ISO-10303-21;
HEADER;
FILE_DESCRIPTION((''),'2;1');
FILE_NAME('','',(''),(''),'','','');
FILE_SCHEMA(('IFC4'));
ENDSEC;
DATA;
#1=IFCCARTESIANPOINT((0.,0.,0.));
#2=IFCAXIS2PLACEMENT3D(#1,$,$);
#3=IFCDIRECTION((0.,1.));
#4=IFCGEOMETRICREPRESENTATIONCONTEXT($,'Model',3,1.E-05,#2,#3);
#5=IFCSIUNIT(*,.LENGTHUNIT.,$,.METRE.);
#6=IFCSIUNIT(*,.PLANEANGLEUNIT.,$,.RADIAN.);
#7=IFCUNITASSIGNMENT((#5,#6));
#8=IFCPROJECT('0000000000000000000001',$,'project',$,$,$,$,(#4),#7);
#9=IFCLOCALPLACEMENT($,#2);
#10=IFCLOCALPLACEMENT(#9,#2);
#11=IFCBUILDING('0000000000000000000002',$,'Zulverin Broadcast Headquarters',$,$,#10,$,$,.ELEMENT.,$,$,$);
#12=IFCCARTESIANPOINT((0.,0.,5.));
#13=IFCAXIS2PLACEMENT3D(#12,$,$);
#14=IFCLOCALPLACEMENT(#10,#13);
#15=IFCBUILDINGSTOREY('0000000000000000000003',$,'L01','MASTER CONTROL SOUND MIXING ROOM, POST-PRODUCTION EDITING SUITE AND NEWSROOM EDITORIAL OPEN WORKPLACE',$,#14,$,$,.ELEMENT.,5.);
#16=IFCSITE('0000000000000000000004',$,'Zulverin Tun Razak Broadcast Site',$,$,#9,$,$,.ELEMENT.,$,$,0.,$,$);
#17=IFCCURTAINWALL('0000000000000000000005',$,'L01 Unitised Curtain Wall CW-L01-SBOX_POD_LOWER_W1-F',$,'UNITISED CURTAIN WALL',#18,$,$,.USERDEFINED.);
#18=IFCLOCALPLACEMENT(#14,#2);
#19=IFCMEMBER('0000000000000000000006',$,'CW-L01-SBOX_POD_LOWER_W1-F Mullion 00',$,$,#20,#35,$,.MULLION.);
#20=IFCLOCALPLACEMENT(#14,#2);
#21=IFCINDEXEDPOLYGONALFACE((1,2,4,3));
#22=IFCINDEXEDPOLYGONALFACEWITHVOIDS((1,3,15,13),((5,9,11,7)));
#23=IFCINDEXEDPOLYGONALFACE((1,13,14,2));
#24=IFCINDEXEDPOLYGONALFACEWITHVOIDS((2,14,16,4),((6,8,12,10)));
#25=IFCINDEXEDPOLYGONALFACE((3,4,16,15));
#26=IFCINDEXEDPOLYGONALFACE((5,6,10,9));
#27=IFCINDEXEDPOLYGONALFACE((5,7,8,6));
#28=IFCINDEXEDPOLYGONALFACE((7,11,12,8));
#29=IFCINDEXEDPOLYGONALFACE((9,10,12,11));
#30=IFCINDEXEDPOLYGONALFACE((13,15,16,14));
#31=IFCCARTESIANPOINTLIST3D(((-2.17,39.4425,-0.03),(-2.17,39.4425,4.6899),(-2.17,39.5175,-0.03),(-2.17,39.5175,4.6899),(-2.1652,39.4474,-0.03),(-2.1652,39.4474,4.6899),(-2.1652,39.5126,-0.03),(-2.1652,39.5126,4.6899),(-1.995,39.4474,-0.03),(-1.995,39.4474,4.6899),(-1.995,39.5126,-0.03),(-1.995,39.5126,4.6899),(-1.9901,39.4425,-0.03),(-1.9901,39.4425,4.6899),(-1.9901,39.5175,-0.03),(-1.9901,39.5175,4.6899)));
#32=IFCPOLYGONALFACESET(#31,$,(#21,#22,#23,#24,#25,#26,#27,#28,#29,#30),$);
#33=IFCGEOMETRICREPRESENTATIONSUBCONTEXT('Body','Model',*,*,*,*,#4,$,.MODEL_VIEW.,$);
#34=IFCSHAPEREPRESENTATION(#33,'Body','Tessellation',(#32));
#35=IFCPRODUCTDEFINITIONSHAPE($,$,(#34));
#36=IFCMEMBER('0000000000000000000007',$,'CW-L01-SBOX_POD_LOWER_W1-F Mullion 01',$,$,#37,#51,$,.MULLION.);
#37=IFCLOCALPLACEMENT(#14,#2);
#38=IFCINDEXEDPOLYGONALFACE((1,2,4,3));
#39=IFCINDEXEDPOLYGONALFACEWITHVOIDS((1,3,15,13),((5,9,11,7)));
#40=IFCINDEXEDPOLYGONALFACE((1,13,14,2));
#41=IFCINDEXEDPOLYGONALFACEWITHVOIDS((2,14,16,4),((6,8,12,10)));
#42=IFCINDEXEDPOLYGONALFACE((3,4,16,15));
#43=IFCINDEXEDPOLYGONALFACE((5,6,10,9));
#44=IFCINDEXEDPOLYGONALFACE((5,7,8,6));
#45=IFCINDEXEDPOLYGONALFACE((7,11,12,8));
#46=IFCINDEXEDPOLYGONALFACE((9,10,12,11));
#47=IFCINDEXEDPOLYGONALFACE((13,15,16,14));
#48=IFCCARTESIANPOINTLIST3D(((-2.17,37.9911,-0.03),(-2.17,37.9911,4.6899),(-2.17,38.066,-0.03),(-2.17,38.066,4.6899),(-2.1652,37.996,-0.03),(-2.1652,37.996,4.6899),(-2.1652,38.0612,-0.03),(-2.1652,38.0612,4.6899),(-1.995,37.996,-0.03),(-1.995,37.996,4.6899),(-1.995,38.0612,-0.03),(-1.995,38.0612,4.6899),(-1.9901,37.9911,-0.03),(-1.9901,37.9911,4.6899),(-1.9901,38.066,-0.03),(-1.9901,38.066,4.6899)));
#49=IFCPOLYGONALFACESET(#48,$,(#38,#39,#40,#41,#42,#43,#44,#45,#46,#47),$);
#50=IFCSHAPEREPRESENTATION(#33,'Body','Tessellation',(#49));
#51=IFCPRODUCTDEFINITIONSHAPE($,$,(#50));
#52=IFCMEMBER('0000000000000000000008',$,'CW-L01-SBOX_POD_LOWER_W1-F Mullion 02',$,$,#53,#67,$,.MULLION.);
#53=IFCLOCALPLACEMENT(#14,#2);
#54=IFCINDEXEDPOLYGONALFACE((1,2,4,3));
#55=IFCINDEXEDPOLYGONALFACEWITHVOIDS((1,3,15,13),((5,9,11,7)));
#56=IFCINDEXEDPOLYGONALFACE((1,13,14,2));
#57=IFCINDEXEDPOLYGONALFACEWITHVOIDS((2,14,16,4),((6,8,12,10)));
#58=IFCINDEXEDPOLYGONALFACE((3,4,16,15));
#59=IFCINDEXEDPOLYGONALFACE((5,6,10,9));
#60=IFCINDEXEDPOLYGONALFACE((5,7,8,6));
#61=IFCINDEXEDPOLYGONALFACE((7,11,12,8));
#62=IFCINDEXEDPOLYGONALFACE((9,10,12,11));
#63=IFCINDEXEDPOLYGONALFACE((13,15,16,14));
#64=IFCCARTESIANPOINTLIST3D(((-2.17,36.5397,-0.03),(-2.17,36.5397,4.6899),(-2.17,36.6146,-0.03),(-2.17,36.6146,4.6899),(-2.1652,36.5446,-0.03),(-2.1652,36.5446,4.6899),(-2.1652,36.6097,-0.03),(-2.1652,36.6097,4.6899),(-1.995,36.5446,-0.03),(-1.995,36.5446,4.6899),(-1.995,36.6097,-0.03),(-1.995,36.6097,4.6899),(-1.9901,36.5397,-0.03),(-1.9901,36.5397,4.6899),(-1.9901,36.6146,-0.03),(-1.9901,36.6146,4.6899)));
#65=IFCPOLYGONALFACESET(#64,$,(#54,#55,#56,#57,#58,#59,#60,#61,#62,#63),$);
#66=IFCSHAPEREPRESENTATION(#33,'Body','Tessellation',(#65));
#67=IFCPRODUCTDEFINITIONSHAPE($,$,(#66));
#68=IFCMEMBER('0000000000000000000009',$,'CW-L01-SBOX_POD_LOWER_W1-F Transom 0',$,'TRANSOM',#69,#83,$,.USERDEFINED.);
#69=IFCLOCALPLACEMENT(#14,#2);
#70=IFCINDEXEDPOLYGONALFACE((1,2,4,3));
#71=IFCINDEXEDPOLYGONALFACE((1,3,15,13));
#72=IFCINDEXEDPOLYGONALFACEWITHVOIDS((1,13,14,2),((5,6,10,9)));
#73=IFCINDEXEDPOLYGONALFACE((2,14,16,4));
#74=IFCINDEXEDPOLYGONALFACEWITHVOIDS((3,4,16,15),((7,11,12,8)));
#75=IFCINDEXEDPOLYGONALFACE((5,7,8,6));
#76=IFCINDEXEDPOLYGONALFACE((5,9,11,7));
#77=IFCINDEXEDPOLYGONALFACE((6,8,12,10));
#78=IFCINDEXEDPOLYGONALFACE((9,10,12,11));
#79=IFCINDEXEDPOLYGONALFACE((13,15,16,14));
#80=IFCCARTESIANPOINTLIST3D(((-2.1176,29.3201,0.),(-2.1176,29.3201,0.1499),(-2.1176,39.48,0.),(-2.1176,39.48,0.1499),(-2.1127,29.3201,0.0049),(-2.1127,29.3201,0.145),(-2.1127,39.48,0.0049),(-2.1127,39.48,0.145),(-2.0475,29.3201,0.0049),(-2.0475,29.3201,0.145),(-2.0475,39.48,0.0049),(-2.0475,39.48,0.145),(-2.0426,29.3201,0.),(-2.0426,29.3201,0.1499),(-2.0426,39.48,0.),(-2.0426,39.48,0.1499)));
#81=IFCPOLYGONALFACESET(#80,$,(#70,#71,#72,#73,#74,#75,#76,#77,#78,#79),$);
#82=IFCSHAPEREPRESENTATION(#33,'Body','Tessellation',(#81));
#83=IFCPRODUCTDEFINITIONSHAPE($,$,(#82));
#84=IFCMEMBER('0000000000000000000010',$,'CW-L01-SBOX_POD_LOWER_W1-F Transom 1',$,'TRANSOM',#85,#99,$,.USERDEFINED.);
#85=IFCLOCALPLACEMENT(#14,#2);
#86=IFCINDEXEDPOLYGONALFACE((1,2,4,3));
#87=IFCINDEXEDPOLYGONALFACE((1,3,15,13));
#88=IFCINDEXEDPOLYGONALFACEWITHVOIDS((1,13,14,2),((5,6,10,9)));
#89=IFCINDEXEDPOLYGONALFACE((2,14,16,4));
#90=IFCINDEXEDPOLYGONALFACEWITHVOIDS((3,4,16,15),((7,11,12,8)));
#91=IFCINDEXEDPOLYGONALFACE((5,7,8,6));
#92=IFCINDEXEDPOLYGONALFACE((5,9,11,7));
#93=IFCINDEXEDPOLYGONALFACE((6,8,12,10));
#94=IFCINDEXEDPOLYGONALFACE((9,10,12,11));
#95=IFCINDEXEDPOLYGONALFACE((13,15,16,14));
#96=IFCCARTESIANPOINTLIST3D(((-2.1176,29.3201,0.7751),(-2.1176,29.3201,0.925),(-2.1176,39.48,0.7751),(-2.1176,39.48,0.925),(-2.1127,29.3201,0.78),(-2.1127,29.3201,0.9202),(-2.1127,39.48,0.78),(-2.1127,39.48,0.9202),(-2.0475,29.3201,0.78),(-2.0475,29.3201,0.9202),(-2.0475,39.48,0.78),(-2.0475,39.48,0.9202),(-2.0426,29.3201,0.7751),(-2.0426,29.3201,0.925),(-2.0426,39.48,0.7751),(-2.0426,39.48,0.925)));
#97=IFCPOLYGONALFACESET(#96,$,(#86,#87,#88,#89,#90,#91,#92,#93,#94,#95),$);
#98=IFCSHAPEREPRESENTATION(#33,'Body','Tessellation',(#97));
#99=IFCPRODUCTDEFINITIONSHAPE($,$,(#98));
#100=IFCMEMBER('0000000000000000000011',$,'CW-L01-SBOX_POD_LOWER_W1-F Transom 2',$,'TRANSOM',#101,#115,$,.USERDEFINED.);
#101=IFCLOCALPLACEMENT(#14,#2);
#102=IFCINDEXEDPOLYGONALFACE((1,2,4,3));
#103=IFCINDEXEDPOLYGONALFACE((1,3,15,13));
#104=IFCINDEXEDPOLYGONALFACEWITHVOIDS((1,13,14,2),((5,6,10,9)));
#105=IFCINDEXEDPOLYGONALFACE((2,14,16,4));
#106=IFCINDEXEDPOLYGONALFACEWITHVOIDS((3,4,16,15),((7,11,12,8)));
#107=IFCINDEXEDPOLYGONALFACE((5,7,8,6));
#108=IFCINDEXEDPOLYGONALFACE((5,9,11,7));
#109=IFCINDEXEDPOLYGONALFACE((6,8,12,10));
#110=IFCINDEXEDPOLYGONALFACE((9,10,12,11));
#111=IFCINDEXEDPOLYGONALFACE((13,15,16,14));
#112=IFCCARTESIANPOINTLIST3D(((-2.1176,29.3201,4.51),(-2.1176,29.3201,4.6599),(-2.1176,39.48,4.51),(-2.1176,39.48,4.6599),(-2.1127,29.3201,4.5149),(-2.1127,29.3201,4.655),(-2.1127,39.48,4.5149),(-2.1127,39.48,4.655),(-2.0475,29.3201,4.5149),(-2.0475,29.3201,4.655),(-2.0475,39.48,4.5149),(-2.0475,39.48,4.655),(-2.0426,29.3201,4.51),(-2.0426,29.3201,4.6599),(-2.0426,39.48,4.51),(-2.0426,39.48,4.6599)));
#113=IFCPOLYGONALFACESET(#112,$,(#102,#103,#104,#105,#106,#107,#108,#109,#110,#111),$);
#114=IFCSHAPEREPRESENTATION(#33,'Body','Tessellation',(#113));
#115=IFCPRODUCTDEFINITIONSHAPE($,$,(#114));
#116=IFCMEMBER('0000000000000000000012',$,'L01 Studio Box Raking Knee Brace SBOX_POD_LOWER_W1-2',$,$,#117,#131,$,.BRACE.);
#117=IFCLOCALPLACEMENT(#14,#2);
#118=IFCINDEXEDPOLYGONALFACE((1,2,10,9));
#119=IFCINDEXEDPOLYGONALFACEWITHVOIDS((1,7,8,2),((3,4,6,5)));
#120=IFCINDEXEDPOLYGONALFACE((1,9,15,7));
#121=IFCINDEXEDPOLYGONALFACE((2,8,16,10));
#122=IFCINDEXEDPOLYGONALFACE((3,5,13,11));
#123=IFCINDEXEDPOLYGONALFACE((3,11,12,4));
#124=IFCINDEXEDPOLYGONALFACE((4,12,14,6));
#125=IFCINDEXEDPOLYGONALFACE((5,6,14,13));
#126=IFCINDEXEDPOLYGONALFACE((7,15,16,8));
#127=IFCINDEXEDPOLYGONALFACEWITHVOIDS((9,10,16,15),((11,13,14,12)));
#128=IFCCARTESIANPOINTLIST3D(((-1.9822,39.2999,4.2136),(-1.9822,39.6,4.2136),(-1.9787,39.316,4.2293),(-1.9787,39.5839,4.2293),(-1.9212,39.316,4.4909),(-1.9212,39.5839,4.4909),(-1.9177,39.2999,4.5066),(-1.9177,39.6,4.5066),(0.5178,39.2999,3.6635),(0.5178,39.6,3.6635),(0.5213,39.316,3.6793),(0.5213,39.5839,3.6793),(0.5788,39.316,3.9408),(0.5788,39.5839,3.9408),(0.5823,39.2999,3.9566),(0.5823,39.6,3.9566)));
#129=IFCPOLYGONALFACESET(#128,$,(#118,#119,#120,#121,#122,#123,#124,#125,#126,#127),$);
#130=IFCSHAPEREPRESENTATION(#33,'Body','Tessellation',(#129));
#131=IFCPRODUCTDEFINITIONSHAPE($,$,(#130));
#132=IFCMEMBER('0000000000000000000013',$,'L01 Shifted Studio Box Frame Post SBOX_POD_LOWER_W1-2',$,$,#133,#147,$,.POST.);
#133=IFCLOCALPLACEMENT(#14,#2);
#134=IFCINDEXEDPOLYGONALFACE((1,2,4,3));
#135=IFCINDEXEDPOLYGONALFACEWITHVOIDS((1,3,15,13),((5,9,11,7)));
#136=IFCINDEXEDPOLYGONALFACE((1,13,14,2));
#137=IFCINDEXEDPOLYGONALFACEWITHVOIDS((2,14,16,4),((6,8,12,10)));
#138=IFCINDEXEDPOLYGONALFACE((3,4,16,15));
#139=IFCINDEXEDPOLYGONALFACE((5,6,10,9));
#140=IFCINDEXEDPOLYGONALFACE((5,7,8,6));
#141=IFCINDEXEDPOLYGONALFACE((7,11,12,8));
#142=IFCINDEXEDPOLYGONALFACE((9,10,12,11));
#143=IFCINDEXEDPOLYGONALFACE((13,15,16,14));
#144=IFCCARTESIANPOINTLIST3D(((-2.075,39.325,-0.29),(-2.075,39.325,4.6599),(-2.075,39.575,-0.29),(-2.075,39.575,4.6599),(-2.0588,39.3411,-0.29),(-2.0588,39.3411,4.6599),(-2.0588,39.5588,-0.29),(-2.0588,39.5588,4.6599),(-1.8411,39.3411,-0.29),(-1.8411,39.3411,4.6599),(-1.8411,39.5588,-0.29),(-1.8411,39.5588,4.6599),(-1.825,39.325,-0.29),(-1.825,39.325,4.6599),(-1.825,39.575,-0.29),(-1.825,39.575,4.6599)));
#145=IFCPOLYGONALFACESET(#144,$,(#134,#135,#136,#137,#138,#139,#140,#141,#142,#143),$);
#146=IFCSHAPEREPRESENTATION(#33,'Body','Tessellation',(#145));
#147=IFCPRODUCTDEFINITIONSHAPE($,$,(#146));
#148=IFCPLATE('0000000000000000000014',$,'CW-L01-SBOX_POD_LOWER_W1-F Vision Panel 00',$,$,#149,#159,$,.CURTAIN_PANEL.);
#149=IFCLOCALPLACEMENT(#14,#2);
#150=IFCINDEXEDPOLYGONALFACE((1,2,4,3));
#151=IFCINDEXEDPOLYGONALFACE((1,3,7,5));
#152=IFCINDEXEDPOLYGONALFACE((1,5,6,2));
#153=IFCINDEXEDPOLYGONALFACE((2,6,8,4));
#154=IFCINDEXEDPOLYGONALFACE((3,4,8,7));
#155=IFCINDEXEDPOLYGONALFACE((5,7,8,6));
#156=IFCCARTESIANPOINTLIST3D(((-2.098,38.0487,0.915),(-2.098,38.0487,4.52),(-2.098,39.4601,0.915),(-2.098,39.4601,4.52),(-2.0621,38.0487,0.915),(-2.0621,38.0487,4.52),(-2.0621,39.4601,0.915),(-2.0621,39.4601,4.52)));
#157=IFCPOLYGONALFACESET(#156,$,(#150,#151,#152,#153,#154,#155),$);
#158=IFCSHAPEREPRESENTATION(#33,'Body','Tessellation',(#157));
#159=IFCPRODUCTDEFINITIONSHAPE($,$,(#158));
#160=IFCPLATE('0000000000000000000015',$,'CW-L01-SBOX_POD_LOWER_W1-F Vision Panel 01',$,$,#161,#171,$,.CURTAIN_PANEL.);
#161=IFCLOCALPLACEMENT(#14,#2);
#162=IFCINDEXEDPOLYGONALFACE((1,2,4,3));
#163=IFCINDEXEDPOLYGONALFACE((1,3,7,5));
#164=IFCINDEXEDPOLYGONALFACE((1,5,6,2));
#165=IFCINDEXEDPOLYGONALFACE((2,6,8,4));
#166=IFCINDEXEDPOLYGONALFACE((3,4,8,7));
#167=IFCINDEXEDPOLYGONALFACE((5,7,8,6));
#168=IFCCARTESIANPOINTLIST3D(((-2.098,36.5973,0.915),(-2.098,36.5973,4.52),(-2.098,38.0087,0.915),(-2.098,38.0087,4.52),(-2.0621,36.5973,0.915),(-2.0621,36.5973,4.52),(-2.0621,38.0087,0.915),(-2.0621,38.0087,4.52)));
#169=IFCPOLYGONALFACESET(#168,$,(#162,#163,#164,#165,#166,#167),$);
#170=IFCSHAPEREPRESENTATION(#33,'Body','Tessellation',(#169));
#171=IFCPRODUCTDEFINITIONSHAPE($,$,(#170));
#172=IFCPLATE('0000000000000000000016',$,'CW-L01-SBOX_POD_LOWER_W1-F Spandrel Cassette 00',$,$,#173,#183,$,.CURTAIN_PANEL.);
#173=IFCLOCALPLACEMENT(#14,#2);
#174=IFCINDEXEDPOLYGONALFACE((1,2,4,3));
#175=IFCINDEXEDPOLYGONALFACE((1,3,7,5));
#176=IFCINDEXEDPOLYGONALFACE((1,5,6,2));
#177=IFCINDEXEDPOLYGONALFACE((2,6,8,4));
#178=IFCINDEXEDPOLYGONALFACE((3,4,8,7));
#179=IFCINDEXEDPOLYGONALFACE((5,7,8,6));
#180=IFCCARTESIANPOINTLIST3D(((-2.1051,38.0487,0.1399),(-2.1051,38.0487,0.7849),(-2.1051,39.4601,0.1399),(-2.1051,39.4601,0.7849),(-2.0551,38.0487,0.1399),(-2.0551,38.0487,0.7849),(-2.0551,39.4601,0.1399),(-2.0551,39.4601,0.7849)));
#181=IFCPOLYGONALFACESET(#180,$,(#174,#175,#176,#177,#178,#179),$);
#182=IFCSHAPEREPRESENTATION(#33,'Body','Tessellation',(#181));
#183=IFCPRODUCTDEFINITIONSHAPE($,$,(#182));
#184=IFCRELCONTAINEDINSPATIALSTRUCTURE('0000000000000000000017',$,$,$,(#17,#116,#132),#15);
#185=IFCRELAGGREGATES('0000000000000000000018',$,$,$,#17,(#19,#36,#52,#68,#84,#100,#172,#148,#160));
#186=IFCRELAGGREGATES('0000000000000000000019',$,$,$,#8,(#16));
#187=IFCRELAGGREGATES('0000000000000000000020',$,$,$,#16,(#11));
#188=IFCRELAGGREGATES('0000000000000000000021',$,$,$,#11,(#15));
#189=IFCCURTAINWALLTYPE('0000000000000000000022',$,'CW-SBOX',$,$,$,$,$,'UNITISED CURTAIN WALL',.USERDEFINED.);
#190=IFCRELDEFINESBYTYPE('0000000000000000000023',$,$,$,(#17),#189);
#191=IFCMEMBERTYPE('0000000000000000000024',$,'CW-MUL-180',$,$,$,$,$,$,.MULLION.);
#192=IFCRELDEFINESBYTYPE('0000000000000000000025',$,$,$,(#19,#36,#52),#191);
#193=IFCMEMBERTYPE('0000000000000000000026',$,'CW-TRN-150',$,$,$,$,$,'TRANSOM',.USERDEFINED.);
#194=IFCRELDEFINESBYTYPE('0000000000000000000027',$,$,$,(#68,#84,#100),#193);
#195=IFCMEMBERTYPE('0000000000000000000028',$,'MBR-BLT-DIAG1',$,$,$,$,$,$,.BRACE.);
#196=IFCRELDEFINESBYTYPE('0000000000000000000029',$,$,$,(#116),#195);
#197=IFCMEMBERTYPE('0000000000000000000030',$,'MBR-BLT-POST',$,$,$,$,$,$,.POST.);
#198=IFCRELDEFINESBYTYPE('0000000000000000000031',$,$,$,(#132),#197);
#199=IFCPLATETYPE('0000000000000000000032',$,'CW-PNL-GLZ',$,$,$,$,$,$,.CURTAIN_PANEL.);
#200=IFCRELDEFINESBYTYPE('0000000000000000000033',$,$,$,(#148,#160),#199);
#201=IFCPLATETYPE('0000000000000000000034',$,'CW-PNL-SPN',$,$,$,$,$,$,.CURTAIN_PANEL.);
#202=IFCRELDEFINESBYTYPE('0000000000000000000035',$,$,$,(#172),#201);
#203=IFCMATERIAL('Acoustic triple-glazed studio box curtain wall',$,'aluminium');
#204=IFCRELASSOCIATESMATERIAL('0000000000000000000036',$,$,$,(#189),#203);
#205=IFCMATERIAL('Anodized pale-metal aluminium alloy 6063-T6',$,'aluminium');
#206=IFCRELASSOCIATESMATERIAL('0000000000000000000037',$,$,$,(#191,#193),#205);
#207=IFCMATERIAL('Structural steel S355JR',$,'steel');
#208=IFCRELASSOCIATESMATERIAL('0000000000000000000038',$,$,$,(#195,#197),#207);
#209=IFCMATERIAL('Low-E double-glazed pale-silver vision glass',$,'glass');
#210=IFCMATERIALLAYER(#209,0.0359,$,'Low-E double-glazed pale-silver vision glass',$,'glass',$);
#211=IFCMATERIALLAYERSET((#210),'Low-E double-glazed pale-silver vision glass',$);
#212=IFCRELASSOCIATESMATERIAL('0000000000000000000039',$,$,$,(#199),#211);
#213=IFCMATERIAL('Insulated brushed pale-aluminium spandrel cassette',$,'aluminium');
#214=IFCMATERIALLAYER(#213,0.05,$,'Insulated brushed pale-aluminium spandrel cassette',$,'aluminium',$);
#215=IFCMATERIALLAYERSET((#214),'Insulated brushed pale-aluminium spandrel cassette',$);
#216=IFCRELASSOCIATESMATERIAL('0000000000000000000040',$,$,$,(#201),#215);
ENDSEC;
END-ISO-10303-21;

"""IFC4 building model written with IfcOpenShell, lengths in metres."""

from ifc_helpers import new_model, si_unit, direction, frame, origin, origin_2d, place, context, subcontext, project, spatial, rectangle, hollow_rectangle, extrude, material, layer, layer_set, material_profile, profile_set, type_object, element, aggregate, save


model = new_model("IFC4")

# Units and contexts
model_context = context("Model", 3, precision=1e-05, world=origin(), true_north=direction((0.0, 1.0)))
body_context = subcontext(model_context, "Body", "Model", "MODEL_VIEW")
ifc_project = project(units=[si_unit("LENGTHUNIT", "METRE"), si_unit("PLANEANGLEUNIT", "RADIAN")], contexts=[model_context])

# Site, building, storey
site_placement = place(None, origin())
site = spatial("IfcSite", under=ifc_project, at=site_placement, Name="Zulverin Tun Razak Broadcast Site", CompositionType="ELEMENT", RefElevation=0.0)
building_placement = place(site_placement, origin())
building = spatial("IfcBuilding", under=site, at=building_placement, Name="Zulverin Broadcast Headquarters", CompositionType="ELEMENT")
storey_placement = place(building_placement, frame((0.0, 0.0, 5.0)))
storey = spatial("IfcBuildingStorey", under=building, at=storey_placement, Name="L01", Description="MASTER CONTROL SOUND MIXING ROOM, POST-PRODUCTION EDITING SUITE AND NEWSROOM EDITORIAL OPEN WORKPLACE", CompositionType="ELEMENT", Elevation=5.0)

# Curtain wall, members
ifc_material_1 = material(Name="Acoustic triple-glazed studio box curtain wall", Category="aluminium")
curtain_wall_type = type_object("IfcCurtainWallType", Name="CW-SBOX", ElementType="UNITISED CURTAIN WALL", PredefinedType="USERDEFINED", material=ifc_material_1)
curtain_wall_placement = place(storey_placement, origin())
curtain_wall = element("IfcCurtainWall", 1, at=curtain_wall_placement, inside=storey, type_object=curtain_wall_type, Name="L01 Unitised Curtain Wall CW-L01-SBOX_POD_LOWER_W1-F", ObjectType="UNITISED CURTAIN WALL", PredefinedType="USERDEFINED")
ifc_material_2 = material(Name="Anodized pale-metal aluminium alloy 6063-T6", Category="aluminium")
ifc_material_profile_1 = material_profile(ifc_material_2, hollow_rectangle(XDim=0.075, YDim=0.1799, WallThickness=0.0049, at=origin_2d()), Name="Anodized pale-metal aluminium alloy 6063-T6", Category="aluminium")
ifc_profile_set_1 = profile_set([ifc_material_profile_1], Name="Anodized pale-metal aluminium alloy 6063-T6")
member_type_1 = type_object("IfcMemberType", Name="CW-MUL-180", PredefinedType="MULLION", material=ifc_profile_set_1)
member_1_placement = place(storey_placement, frame((-2.0801, 39.48, -0.03), z_axis=(0.0, 0.0, 1.0), x_axis=(0.0, -1.0, 0.0)))
member_1 = element("IfcMember", 2, at=member_1_placement, type_object=member_type_1, Name="CW-L01-SBOX_POD_LOWER_W1-F Mullion 00", PredefinedType="MULLION", context=body_context, shape_type="SweptSolid", body=[
    extrude(hollow_rectangle(XDim=0.075, YDim=0.1799, WallThickness=0.0049, at=origin_2d()), origin(), (0.0, 0.0, 1.0), 4.72),
])
member_2_placement = place(storey_placement, frame((-2.0801, 38.0286, -0.03), z_axis=(0.0, 0.0, 1.0), x_axis=(0.0, -1.0, 0.0)))
member_2 = element("IfcMember", 3, at=member_2_placement, type_object=member_type_1, Name="CW-L01-SBOX_POD_LOWER_W1-F Mullion 01", PredefinedType="MULLION", context=body_context, shape_type="SweptSolid", body=[
    extrude(hollow_rectangle(XDim=0.075, YDim=0.1799, WallThickness=0.0049, at=origin_2d()), origin(), (0.0, 0.0, 1.0), 4.72),
])
member_3_placement = place(storey_placement, frame((-2.0801, 36.5771, -0.03), z_axis=(0.0, 0.0, 1.0), x_axis=(0.0, -1.0, 0.0)))
member_3 = element("IfcMember", 4, at=member_3_placement, type_object=member_type_1, Name="CW-L01-SBOX_POD_LOWER_W1-F Mullion 02", PredefinedType="MULLION", context=body_context, shape_type="SweptSolid", body=[
    extrude(hollow_rectangle(XDim=0.075, YDim=0.1799, WallThickness=0.0049, at=origin_2d()), origin(), (0.0, 0.0, 1.0), 4.72),
])
ifc_material_profile_2 = material_profile(ifc_material_2, hollow_rectangle(XDim=0.075, YDim=0.1499, WallThickness=0.0049, at=origin_2d()), Name="Anodized pale-metal aluminium alloy 6063-T6", Category="aluminium")
ifc_profile_set_2 = profile_set([ifc_material_profile_2], Name="Anodized pale-metal aluminium alloy 6063-T6")
member_type_2 = type_object("IfcMemberType", Name="CW-TRN-150", ElementType="TRANSOM", PredefinedType="USERDEFINED", material=ifc_profile_set_2)
member_4_placement = place(storey_placement, frame((-2.0801, 39.48, 0.075), z_axis=(0.0, -1.0, 0.0), x_axis=(1.0, 0.0, 0.0)))
member_4 = element("IfcMember", 5, at=member_4_placement, type_object=member_type_2, Name="CW-L01-SBOX_POD_LOWER_W1-F Transom 0", ObjectType="TRANSOM", PredefinedType="USERDEFINED", context=body_context, shape_type="SweptSolid", body=[
    extrude(hollow_rectangle(XDim=0.075, YDim=0.1499, WallThickness=0.0049, at=origin_2d()), origin(), (0.0, 0.0, 1.0), 10.1599),
])
member_5_placement = place(storey_placement, frame((-2.0801, 39.48, 0.8501), z_axis=(0.0, -1.0, 0.0), x_axis=(1.0, 0.0, 0.0)))
member_5 = element("IfcMember", 6, at=member_5_placement, type_object=member_type_2, Name="CW-L01-SBOX_POD_LOWER_W1-F Transom 1", ObjectType="TRANSOM", PredefinedType="USERDEFINED", context=body_context, shape_type="SweptSolid", body=[
    extrude(hollow_rectangle(XDim=0.075, YDim=0.1499, WallThickness=0.0049, at=origin_2d()), origin(), (0.0, 0.0, 1.0), 10.1599),
])
member_6_placement = place(storey_placement, frame((-2.0801, 39.48, 4.585), z_axis=(0.0, -1.0, 0.0), x_axis=(1.0, 0.0, 0.0)))
member_6 = element("IfcMember", 7, at=member_6_placement, type_object=member_type_2, Name="CW-L01-SBOX_POD_LOWER_W1-F Transom 2", ObjectType="TRANSOM", PredefinedType="USERDEFINED", context=body_context, shape_type="SweptSolid", body=[
    extrude(hollow_rectangle(XDim=0.075, YDim=0.1499, WallThickness=0.0049, at=origin_2d()), origin(), (0.0, 0.0, 1.0), 10.1599),
])

# Members
ifc_material_3 = material(Name="Structural steel S355JR", Category="steel")
ifc_material_profile_3 = material_profile(ifc_material_3, hollow_rectangle(XDim=0.3, YDim=0.3, WallThickness=0.0161, at=origin_2d()), Name="Structural steel S355JR", Category="steel")
ifc_profile_set_3 = profile_set([ifc_material_profile_3], Name="Structural steel S355JR")
member_type_3 = type_object("IfcMemberType", Name="MBR-BLT-DIAG1", PredefinedType="BRACE", material=ifc_profile_set_3)
member_7_placement = place(storey_placement, frame((0.55, 39.45, 3.8101), z_axis=(-0.97664, 0.0, 0.21488), x_axis=(0.0, -1.0, 0.0)))
element("IfcMember", 8, at=member_7_placement, inside=storey, type_object=member_type_3, Name="L01 Studio Box Raking Knee Brace SBOX_POD_LOWER_W1-2", PredefinedType="BRACE", context=body_context, shape_type="SweptSolid", body=[
    extrude(hollow_rectangle(XDim=0.3, YDim=0.3, WallThickness=0.0161, at=origin_2d()), origin(), (0.0, 0.0, 1.0), 2.5598),
])
ifc_material_profile_4 = material_profile(ifc_material_3, hollow_rectangle(XDim=0.25, YDim=0.25, WallThickness=0.0161, at=origin_2d()), Name="Structural steel S355JR", Category="steel")
ifc_profile_set_4 = profile_set([ifc_material_profile_4], Name="Structural steel S355JR")
member_type_4 = type_object("IfcMemberType", Name="MBR-BLT-POST", PredefinedType="POST", material=ifc_profile_set_4)
member_8_placement = place(storey_placement, frame((-1.95, 39.45, -0.29), z_axis=(0.0, 0.0, 1.0), x_axis=(1.0, 0.0, 0.0)))
element("IfcMember", 9, at=member_8_placement, inside=storey, type_object=member_type_4, Name="L01 Shifted Studio Box Frame Post SBOX_POD_LOWER_W1-2", PredefinedType="POST", context=body_context, shape_type="SweptSolid", body=[
    extrude(hollow_rectangle(XDim=0.25, YDim=0.25, WallThickness=0.0161, at=origin_2d()), origin(), (0.0, 0.0, 1.0), 4.95),
])

# Plates
ifc_material_4 = material(Name="Low-E double-glazed pale-silver vision glass", Category="glass")
ifc_layer_1 = layer(ifc_material_4, 0.0359, Name="Low-E double-glazed pale-silver vision glass", Category="glass")
ifc_layer_set_1 = layer_set([ifc_layer_1], Name="Low-E double-glazed pale-silver vision glass")
plate_type_1 = type_object("IfcPlateType", Name="CW-PNL-GLZ", PredefinedType="CURTAIN_PANEL", material=ifc_layer_set_1)
plate_1_placement = place(storey_placement, frame((-2.0801, 38.7544, 0.915), z_axis=(0.0, 0.0, 1.0), x_axis=(0.0, -1.0, 0.0)))
plate_1 = element("IfcPlate", 10, at=plate_1_placement, type_object=plate_type_1, Name="CW-L01-SBOX_POD_LOWER_W1-F Vision Panel 00", PredefinedType="CURTAIN_PANEL", context=body_context, shape_type="SweptSolid", body=[
    extrude(rectangle(XDim=1.4114, YDim=0.0359, at=origin_2d()), origin(), (0.0, 0.0, 1.0), 3.605),
])
plate_2_placement = place(storey_placement, frame((-2.0801, 37.303, 0.915), z_axis=(0.0, 0.0, 1.0), x_axis=(0.0, -1.0, 0.0)))
plate_2 = element("IfcPlate", 11, at=plate_2_placement, type_object=plate_type_1, Name="CW-L01-SBOX_POD_LOWER_W1-F Vision Panel 01", PredefinedType="CURTAIN_PANEL", context=body_context, shape_type="SweptSolid", body=[
    extrude(rectangle(XDim=1.4114, YDim=0.0359, at=origin_2d()), origin(), (0.0, 0.0, 1.0), 3.605),
])
ifc_material_5 = material(Name="Insulated brushed pale-aluminium spandrel cassette", Category="aluminium")
ifc_layer_2 = layer(ifc_material_5, 0.05, Name="Insulated brushed pale-aluminium spandrel cassette", Category="aluminium")
ifc_layer_set_2 = layer_set([ifc_layer_2], Name="Insulated brushed pale-aluminium spandrel cassette")
plate_type_2 = type_object("IfcPlateType", Name="CW-PNL-SPN", PredefinedType="CURTAIN_PANEL", material=ifc_layer_set_2)
plate_3_placement = place(storey_placement, frame((-2.0801, 38.7544, 0.1399), z_axis=(0.0, 0.0, 1.0), x_axis=(0.0, -1.0, 0.0)))
plate_3 = element("IfcPlate", 12, at=plate_3_placement, type_object=plate_type_2, Name="CW-L01-SBOX_POD_LOWER_W1-F Spandrel Cassette 00", PredefinedType="CURTAIN_PANEL", context=body_context, shape_type="SweptSolid", body=[
    extrude(rectangle(XDim=1.4114, YDim=0.05, at=origin_2d()), origin(), (0.0, 0.0, 1.0), 0.645),
])
aggregate(curtain_wall, [member_1, member_2, member_3, member_4, member_5, member_6, plate_3, plate_1, plate_2])

save(model, "model.ifc")
